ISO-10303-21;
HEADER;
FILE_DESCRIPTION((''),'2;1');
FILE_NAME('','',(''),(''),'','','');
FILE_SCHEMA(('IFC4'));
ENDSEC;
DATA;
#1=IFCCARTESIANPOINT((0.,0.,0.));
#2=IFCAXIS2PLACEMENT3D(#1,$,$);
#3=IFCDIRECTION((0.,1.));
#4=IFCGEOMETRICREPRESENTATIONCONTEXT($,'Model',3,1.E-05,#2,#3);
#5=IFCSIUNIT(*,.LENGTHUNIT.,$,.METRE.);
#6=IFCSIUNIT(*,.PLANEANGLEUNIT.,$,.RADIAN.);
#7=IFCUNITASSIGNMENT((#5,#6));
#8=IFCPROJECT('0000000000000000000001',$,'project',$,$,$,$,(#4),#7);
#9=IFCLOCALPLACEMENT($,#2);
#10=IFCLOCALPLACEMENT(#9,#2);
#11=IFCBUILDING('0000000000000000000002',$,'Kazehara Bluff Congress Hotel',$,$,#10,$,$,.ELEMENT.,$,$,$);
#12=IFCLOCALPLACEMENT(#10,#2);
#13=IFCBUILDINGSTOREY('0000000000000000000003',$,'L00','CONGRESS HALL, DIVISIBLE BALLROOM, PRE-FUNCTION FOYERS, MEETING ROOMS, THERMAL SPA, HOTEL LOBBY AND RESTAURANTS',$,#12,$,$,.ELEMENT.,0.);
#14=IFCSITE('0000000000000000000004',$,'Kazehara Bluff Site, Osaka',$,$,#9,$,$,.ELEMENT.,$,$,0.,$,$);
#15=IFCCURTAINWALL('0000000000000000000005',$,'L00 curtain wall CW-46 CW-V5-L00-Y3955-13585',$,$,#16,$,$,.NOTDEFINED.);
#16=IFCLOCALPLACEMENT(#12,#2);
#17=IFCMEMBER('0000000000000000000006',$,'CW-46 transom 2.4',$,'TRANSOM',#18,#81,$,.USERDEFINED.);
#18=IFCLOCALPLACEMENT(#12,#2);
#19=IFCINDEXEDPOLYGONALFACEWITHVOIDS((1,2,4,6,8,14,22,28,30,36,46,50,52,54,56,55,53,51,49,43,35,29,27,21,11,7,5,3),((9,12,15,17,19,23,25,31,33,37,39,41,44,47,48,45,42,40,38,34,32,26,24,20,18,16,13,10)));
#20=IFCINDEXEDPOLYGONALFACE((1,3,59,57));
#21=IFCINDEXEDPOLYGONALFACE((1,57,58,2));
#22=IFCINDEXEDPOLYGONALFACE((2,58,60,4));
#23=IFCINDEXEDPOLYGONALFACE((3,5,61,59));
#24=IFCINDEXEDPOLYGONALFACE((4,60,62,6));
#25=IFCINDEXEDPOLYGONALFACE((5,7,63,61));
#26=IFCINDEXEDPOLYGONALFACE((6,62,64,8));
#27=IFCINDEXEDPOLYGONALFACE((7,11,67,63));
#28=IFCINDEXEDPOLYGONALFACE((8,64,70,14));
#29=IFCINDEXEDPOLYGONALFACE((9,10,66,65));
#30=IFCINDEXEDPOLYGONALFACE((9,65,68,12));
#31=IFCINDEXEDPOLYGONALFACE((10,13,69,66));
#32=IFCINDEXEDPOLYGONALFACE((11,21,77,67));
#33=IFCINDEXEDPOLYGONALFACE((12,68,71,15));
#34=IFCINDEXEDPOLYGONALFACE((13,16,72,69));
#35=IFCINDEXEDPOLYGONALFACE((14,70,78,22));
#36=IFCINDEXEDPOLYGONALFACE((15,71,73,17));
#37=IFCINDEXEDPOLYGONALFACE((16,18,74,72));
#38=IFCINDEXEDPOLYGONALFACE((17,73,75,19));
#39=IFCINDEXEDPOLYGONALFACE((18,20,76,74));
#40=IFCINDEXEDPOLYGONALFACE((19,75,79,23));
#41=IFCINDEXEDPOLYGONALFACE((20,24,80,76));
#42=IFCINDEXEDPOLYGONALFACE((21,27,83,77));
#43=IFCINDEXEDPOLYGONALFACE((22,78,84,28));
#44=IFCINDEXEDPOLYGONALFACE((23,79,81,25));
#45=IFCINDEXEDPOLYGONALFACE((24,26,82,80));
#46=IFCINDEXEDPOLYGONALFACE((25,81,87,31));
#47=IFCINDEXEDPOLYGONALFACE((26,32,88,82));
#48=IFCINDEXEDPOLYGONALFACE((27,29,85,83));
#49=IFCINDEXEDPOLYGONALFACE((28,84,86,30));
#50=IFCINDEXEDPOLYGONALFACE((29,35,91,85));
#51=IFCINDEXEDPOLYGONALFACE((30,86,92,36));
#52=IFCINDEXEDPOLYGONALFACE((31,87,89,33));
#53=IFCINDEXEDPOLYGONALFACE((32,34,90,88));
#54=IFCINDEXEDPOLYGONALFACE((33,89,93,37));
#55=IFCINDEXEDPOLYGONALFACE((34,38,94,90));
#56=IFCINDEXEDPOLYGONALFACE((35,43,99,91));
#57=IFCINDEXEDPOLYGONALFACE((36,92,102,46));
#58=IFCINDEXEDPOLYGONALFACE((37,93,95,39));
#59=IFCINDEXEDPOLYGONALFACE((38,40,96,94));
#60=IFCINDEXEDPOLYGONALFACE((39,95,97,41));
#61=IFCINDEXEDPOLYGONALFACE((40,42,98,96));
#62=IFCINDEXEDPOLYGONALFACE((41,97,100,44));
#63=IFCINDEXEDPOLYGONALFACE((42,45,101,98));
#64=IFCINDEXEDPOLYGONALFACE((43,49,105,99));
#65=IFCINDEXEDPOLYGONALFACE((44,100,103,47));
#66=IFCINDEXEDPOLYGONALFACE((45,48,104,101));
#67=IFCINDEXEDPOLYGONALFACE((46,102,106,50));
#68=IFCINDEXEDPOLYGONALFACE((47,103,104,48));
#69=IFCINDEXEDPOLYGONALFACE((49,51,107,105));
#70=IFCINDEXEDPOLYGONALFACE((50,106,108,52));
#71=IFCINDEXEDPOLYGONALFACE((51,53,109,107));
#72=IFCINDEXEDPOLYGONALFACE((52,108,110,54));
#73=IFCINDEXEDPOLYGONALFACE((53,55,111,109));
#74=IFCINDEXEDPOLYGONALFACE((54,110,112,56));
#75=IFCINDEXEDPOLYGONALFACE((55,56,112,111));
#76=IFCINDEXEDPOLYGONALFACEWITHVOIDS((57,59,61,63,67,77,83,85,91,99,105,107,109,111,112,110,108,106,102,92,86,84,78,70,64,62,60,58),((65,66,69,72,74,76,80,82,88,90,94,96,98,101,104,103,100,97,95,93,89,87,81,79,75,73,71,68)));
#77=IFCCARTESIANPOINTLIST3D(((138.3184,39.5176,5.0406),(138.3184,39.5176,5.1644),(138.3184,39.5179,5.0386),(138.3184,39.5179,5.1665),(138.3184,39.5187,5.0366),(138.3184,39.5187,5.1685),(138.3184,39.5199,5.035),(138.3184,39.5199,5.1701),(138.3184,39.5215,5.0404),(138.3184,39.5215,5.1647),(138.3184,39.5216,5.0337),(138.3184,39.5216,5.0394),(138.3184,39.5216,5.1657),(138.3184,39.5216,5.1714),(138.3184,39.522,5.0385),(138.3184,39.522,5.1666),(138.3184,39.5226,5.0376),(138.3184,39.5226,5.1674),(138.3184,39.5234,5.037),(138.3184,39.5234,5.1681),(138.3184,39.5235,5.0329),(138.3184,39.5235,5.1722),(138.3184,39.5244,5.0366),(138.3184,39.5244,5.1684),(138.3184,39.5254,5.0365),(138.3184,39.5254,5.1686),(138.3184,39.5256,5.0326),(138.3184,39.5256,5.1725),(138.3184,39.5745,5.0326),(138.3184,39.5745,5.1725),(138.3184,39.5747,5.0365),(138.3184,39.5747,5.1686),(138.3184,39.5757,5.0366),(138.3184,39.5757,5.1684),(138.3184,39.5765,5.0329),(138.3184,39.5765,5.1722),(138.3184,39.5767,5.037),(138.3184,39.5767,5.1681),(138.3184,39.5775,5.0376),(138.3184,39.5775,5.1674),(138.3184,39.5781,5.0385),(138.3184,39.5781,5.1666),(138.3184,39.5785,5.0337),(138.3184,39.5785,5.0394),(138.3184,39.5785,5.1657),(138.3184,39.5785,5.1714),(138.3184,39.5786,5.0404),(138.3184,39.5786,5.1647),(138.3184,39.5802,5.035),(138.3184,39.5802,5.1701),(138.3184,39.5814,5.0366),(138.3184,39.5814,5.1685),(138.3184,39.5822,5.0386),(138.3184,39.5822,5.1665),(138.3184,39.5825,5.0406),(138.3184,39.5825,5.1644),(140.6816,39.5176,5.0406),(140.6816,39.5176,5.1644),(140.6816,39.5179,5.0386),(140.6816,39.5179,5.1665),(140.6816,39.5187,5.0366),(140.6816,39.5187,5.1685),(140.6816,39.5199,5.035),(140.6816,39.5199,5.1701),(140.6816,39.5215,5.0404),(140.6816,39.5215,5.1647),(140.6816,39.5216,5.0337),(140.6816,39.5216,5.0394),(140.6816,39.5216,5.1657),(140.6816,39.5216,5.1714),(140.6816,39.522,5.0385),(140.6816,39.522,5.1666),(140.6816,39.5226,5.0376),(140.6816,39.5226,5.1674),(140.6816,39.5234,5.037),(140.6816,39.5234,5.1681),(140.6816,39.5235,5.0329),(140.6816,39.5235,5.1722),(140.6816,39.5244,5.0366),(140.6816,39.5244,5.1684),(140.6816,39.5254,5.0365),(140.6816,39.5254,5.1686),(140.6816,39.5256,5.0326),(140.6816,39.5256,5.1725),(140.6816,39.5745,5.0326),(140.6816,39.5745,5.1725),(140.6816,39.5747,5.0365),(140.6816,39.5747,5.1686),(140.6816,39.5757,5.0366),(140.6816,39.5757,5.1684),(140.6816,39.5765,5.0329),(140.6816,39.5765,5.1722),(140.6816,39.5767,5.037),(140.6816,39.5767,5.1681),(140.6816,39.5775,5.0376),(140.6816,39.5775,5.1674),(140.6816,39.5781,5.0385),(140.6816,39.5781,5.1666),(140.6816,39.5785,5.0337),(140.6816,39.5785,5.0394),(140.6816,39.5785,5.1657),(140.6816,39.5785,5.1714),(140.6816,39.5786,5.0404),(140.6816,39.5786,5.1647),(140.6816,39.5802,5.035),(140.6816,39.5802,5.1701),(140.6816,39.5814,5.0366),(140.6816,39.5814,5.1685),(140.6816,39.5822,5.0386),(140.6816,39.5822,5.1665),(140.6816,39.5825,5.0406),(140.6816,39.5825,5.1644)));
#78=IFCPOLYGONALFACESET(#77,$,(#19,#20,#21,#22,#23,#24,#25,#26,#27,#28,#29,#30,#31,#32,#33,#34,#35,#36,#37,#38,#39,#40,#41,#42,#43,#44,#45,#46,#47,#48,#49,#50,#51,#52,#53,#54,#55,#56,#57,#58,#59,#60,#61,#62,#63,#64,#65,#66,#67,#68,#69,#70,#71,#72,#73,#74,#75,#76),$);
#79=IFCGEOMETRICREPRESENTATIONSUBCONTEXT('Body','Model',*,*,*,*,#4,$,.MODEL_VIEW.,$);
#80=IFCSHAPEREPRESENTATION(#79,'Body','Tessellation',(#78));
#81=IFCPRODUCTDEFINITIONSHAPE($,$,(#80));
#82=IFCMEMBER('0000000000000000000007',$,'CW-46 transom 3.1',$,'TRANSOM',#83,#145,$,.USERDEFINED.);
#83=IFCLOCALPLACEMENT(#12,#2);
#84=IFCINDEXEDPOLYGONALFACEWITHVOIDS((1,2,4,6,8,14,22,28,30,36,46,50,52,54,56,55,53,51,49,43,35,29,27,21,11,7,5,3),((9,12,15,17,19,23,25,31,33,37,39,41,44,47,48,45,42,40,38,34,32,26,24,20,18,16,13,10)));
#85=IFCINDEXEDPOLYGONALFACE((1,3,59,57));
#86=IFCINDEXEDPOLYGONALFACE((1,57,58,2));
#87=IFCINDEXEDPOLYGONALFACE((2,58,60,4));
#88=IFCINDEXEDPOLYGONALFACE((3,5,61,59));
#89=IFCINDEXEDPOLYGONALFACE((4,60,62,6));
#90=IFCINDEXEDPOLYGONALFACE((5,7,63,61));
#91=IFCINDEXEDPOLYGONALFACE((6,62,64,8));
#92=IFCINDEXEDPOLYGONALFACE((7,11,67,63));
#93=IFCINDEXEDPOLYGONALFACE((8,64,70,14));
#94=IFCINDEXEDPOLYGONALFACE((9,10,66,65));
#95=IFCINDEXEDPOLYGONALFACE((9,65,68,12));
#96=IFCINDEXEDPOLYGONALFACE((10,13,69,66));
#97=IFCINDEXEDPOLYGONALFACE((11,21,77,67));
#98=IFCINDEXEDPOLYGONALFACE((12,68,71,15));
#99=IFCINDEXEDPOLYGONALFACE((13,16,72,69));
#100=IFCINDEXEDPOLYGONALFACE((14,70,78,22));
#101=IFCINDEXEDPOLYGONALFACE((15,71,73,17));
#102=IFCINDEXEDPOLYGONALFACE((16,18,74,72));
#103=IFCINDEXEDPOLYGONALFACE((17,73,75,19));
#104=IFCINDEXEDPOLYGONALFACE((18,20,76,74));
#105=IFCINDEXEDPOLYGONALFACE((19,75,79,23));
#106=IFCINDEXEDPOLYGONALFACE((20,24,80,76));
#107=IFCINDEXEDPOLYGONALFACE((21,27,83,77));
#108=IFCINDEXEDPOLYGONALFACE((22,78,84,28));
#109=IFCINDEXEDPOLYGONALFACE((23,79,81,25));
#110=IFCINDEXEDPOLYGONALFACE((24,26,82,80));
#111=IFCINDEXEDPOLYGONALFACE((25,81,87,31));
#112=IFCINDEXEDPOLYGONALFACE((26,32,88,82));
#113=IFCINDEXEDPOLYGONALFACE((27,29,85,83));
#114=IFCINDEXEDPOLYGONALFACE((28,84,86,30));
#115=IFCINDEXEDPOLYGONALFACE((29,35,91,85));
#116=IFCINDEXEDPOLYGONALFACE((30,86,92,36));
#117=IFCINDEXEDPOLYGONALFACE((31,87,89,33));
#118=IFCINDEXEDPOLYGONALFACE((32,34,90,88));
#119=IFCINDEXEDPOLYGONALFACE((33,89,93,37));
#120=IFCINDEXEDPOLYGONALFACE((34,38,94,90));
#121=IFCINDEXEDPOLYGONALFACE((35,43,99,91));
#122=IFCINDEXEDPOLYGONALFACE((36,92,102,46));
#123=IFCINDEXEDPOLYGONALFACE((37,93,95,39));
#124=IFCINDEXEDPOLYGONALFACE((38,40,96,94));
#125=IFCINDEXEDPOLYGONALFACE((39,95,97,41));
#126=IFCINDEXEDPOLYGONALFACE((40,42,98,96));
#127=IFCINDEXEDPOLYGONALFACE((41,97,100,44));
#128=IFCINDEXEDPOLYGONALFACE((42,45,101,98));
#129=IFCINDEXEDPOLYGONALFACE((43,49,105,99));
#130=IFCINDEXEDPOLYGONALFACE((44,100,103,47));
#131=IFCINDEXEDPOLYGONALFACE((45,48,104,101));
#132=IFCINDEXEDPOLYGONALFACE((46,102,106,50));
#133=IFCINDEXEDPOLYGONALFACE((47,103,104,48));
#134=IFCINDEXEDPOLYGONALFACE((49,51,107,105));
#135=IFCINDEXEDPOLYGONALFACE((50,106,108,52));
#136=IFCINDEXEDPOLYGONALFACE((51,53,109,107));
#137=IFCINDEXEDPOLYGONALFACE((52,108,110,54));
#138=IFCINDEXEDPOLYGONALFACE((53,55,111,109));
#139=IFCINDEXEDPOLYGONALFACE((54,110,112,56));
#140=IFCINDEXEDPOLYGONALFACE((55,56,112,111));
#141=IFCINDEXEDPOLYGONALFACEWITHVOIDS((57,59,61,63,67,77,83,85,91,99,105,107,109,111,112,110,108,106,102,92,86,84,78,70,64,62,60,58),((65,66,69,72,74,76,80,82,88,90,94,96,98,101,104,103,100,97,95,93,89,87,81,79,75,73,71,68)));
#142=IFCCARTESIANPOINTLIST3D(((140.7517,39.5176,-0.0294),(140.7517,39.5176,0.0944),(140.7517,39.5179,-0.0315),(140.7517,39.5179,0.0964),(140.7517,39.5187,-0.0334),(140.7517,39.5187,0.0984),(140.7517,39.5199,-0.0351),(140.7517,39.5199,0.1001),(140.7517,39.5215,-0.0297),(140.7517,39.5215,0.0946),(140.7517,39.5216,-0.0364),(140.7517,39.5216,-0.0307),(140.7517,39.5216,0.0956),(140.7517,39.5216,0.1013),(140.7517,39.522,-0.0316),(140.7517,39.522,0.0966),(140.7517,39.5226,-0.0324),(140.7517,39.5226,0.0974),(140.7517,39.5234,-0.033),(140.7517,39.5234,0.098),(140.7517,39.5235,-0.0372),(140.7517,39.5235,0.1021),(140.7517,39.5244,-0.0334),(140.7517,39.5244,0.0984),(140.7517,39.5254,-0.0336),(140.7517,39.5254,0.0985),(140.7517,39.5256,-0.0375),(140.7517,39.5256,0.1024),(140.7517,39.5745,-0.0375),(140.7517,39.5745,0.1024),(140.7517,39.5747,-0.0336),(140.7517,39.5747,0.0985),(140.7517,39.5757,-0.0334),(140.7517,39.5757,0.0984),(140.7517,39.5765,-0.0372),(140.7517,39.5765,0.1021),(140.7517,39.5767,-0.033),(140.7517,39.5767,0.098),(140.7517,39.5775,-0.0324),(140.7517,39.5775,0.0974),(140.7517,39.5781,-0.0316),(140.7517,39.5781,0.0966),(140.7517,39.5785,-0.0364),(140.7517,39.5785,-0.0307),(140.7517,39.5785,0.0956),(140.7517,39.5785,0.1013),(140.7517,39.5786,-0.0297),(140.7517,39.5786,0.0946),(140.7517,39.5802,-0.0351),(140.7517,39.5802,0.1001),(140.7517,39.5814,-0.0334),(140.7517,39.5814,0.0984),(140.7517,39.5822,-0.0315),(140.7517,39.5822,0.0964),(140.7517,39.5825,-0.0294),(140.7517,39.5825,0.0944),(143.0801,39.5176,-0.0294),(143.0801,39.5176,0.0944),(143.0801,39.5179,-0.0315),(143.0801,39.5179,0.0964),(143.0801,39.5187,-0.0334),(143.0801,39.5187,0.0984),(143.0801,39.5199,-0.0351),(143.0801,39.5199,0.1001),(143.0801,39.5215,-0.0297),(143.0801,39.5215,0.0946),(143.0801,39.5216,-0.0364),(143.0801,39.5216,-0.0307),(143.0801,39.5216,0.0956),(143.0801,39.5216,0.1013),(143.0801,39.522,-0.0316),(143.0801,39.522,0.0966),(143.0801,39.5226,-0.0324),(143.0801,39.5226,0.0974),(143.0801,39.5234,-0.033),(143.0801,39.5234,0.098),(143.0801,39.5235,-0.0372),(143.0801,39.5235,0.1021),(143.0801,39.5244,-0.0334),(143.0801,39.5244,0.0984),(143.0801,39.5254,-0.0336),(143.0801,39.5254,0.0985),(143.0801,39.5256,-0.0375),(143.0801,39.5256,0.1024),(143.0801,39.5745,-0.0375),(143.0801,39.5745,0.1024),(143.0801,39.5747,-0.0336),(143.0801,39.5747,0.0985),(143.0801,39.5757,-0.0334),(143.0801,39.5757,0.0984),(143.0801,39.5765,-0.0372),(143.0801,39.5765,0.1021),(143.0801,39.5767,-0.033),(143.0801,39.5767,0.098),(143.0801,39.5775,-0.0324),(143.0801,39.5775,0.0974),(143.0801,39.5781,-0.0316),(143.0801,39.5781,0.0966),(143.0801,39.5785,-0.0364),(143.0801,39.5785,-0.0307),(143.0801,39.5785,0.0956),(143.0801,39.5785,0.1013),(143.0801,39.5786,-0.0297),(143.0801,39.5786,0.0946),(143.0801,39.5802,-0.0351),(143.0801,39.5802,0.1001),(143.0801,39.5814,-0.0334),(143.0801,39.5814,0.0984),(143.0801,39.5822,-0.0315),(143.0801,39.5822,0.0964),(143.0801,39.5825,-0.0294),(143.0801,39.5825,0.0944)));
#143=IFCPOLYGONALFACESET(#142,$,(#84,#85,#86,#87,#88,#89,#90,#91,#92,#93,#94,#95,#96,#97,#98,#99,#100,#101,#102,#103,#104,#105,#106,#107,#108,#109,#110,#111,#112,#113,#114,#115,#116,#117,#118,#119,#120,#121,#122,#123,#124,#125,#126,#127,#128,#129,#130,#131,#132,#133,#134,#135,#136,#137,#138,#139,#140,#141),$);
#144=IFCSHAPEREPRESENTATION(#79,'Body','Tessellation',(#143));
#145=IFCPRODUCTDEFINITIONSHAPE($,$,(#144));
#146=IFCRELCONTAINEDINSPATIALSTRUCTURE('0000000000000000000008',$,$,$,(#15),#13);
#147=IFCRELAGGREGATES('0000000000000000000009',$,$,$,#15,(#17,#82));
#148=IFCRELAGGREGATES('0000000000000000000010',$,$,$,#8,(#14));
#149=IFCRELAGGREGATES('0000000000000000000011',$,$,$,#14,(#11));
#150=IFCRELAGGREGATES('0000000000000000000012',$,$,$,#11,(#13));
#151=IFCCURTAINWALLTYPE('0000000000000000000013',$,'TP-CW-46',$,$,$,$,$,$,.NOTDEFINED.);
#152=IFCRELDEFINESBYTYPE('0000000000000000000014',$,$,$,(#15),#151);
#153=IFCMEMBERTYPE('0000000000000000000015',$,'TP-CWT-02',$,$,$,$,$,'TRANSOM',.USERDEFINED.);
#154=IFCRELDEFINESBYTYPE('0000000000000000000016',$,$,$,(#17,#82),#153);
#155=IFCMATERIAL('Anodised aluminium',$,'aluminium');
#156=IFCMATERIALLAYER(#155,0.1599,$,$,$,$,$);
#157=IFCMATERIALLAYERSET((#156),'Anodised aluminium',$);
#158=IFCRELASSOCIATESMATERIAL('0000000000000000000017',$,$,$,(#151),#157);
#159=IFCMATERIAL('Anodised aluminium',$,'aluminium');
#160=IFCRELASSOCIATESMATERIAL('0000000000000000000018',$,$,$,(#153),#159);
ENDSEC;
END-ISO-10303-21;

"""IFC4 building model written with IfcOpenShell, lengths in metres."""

from ifc_helpers import new_model, si_unit, direction, frame, origin, origin_2d, place, context, subcontext, project, spatial, hollow_rectangle, extrude, material, layer, layer_set, material_profile, profile_set, type_object, element, aggregate, save


model = new_model("IFC4")

# Units and contexts
model_context = context("Model", 3, precision=1e-05, world=origin(), true_north=direction((0.0, 1.0)))
body_context = subcontext(model_context, "Body", "Model", "MODEL_VIEW")
ifc_project = project(units=[si_unit("LENGTHUNIT", "METRE"), si_unit("PLANEANGLEUNIT", "RADIAN")], contexts=[model_context])

# Site, building, storey
site_placement = place(None, origin())
site = spatial("IfcSite", under=ifc_project, at=site_placement, Name="Kazehara Bluff Site, Osaka", CompositionType="ELEMENT", RefElevation=0.0)
building_placement = place(site_placement, origin())
building = spatial("IfcBuilding", under=site, at=building_placement, Name="Kazehara Bluff Congress Hotel", CompositionType="ELEMENT")
storey_placement = place(building_placement, origin())
storey = spatial("IfcBuildingStorey", under=building, at=storey_placement, Name="L00", Description="CONGRESS HALL, DIVISIBLE BALLROOM, PRE-FUNCTION FOYERS, MEETING ROOMS, THERMAL SPA, HOTEL LOBBY AND RESTAURANTS", CompositionType="ELEMENT", Elevation=0.0)

# Curtain wall, members
ifc_material_1 = material(Name="Anodised aluminium", Category="aluminium")
ifc_layer_1 = layer(ifc_material_1, 0.1599)
ifc_layer_set_1 = layer_set([ifc_layer_1], Name="Anodised aluminium")
curtain_wall_type = type_object("IfcCurtainWallType", Name="TP-CW-46", PredefinedType="NOTDEFINED", material=ifc_layer_set_1)
curtain_wall_placement = place(storey_placement, origin())
curtain_wall = element("IfcCurtainWall", 1, at=curtain_wall_placement, inside=storey, type_object=curtain_wall_type, Name="L00 curtain wall CW-46 CW-V5-L00-Y3955-13585", PredefinedType="NOTDEFINED")
ifc_material_2 = material(Name="Anodised aluminium", Category="aluminium")
ifc_material_profile_1 = material_profile(ifc_material_2, hollow_rectangle(XDim=0.0649, YDim=0.1399, WallThickness=0.0039, InnerFilletRadius=0.0039, OuterFilletRadius=0.0081, at=origin_2d()))
ifc_profile_set_1 = profile_set([ifc_material_profile_1], Name="Anodised aluminium")
member_type_1 = type_object("IfcMemberType", Name="TP-CWT-02", ElementType="TRANSOM", PredefinedType="USERDEFINED", material=ifc_profile_set_1)
member_1_placement = place(storey_placement, frame((138.3184, 39.55, 5.1025), z_axis=(1.0, 0.0, 0.0), x_axis=(0.0, 1.0, 0.0)))
member_1 = element("IfcMember", 2, at=member_1_placement, type_object=member_type_1, Name="CW-46 transom 2.4", ObjectType="TRANSOM", PredefinedType="USERDEFINED", context=body_context, shape_type="SweptSolid", body=[
    extrude(hollow_rectangle(XDim=0.0649, YDim=0.1399, WallThickness=0.0039, InnerFilletRadius=0.0039, OuterFilletRadius=0.0081, at=origin_2d()), origin(), (0.0, 0.0, 1.0), 2.3633),
])
member_2_placement = place(storey_placement, frame((140.7517, 39.55, 0.0325), z_axis=(1.0, 0.0, 0.0), x_axis=(0.0, 1.0, 0.0)))
member_2 = element("IfcMember", 3, at=member_2_placement, type_object=member_type_1, Name="CW-46 transom 3.1", ObjectType="TRANSOM", PredefinedType="USERDEFINED", context=body_context, shape_type="SweptSolid", body=[
    extrude(hollow_rectangle(XDim=0.0649, YDim=0.1399, WallThickness=0.0039, InnerFilletRadius=0.0039, OuterFilletRadius=0.0081, at=origin_2d()), origin(), (0.0, 0.0, 1.0), 2.3284),
])

aggregate(curtain_wall, [member_1, member_2])

save(model, "model.ifc")
